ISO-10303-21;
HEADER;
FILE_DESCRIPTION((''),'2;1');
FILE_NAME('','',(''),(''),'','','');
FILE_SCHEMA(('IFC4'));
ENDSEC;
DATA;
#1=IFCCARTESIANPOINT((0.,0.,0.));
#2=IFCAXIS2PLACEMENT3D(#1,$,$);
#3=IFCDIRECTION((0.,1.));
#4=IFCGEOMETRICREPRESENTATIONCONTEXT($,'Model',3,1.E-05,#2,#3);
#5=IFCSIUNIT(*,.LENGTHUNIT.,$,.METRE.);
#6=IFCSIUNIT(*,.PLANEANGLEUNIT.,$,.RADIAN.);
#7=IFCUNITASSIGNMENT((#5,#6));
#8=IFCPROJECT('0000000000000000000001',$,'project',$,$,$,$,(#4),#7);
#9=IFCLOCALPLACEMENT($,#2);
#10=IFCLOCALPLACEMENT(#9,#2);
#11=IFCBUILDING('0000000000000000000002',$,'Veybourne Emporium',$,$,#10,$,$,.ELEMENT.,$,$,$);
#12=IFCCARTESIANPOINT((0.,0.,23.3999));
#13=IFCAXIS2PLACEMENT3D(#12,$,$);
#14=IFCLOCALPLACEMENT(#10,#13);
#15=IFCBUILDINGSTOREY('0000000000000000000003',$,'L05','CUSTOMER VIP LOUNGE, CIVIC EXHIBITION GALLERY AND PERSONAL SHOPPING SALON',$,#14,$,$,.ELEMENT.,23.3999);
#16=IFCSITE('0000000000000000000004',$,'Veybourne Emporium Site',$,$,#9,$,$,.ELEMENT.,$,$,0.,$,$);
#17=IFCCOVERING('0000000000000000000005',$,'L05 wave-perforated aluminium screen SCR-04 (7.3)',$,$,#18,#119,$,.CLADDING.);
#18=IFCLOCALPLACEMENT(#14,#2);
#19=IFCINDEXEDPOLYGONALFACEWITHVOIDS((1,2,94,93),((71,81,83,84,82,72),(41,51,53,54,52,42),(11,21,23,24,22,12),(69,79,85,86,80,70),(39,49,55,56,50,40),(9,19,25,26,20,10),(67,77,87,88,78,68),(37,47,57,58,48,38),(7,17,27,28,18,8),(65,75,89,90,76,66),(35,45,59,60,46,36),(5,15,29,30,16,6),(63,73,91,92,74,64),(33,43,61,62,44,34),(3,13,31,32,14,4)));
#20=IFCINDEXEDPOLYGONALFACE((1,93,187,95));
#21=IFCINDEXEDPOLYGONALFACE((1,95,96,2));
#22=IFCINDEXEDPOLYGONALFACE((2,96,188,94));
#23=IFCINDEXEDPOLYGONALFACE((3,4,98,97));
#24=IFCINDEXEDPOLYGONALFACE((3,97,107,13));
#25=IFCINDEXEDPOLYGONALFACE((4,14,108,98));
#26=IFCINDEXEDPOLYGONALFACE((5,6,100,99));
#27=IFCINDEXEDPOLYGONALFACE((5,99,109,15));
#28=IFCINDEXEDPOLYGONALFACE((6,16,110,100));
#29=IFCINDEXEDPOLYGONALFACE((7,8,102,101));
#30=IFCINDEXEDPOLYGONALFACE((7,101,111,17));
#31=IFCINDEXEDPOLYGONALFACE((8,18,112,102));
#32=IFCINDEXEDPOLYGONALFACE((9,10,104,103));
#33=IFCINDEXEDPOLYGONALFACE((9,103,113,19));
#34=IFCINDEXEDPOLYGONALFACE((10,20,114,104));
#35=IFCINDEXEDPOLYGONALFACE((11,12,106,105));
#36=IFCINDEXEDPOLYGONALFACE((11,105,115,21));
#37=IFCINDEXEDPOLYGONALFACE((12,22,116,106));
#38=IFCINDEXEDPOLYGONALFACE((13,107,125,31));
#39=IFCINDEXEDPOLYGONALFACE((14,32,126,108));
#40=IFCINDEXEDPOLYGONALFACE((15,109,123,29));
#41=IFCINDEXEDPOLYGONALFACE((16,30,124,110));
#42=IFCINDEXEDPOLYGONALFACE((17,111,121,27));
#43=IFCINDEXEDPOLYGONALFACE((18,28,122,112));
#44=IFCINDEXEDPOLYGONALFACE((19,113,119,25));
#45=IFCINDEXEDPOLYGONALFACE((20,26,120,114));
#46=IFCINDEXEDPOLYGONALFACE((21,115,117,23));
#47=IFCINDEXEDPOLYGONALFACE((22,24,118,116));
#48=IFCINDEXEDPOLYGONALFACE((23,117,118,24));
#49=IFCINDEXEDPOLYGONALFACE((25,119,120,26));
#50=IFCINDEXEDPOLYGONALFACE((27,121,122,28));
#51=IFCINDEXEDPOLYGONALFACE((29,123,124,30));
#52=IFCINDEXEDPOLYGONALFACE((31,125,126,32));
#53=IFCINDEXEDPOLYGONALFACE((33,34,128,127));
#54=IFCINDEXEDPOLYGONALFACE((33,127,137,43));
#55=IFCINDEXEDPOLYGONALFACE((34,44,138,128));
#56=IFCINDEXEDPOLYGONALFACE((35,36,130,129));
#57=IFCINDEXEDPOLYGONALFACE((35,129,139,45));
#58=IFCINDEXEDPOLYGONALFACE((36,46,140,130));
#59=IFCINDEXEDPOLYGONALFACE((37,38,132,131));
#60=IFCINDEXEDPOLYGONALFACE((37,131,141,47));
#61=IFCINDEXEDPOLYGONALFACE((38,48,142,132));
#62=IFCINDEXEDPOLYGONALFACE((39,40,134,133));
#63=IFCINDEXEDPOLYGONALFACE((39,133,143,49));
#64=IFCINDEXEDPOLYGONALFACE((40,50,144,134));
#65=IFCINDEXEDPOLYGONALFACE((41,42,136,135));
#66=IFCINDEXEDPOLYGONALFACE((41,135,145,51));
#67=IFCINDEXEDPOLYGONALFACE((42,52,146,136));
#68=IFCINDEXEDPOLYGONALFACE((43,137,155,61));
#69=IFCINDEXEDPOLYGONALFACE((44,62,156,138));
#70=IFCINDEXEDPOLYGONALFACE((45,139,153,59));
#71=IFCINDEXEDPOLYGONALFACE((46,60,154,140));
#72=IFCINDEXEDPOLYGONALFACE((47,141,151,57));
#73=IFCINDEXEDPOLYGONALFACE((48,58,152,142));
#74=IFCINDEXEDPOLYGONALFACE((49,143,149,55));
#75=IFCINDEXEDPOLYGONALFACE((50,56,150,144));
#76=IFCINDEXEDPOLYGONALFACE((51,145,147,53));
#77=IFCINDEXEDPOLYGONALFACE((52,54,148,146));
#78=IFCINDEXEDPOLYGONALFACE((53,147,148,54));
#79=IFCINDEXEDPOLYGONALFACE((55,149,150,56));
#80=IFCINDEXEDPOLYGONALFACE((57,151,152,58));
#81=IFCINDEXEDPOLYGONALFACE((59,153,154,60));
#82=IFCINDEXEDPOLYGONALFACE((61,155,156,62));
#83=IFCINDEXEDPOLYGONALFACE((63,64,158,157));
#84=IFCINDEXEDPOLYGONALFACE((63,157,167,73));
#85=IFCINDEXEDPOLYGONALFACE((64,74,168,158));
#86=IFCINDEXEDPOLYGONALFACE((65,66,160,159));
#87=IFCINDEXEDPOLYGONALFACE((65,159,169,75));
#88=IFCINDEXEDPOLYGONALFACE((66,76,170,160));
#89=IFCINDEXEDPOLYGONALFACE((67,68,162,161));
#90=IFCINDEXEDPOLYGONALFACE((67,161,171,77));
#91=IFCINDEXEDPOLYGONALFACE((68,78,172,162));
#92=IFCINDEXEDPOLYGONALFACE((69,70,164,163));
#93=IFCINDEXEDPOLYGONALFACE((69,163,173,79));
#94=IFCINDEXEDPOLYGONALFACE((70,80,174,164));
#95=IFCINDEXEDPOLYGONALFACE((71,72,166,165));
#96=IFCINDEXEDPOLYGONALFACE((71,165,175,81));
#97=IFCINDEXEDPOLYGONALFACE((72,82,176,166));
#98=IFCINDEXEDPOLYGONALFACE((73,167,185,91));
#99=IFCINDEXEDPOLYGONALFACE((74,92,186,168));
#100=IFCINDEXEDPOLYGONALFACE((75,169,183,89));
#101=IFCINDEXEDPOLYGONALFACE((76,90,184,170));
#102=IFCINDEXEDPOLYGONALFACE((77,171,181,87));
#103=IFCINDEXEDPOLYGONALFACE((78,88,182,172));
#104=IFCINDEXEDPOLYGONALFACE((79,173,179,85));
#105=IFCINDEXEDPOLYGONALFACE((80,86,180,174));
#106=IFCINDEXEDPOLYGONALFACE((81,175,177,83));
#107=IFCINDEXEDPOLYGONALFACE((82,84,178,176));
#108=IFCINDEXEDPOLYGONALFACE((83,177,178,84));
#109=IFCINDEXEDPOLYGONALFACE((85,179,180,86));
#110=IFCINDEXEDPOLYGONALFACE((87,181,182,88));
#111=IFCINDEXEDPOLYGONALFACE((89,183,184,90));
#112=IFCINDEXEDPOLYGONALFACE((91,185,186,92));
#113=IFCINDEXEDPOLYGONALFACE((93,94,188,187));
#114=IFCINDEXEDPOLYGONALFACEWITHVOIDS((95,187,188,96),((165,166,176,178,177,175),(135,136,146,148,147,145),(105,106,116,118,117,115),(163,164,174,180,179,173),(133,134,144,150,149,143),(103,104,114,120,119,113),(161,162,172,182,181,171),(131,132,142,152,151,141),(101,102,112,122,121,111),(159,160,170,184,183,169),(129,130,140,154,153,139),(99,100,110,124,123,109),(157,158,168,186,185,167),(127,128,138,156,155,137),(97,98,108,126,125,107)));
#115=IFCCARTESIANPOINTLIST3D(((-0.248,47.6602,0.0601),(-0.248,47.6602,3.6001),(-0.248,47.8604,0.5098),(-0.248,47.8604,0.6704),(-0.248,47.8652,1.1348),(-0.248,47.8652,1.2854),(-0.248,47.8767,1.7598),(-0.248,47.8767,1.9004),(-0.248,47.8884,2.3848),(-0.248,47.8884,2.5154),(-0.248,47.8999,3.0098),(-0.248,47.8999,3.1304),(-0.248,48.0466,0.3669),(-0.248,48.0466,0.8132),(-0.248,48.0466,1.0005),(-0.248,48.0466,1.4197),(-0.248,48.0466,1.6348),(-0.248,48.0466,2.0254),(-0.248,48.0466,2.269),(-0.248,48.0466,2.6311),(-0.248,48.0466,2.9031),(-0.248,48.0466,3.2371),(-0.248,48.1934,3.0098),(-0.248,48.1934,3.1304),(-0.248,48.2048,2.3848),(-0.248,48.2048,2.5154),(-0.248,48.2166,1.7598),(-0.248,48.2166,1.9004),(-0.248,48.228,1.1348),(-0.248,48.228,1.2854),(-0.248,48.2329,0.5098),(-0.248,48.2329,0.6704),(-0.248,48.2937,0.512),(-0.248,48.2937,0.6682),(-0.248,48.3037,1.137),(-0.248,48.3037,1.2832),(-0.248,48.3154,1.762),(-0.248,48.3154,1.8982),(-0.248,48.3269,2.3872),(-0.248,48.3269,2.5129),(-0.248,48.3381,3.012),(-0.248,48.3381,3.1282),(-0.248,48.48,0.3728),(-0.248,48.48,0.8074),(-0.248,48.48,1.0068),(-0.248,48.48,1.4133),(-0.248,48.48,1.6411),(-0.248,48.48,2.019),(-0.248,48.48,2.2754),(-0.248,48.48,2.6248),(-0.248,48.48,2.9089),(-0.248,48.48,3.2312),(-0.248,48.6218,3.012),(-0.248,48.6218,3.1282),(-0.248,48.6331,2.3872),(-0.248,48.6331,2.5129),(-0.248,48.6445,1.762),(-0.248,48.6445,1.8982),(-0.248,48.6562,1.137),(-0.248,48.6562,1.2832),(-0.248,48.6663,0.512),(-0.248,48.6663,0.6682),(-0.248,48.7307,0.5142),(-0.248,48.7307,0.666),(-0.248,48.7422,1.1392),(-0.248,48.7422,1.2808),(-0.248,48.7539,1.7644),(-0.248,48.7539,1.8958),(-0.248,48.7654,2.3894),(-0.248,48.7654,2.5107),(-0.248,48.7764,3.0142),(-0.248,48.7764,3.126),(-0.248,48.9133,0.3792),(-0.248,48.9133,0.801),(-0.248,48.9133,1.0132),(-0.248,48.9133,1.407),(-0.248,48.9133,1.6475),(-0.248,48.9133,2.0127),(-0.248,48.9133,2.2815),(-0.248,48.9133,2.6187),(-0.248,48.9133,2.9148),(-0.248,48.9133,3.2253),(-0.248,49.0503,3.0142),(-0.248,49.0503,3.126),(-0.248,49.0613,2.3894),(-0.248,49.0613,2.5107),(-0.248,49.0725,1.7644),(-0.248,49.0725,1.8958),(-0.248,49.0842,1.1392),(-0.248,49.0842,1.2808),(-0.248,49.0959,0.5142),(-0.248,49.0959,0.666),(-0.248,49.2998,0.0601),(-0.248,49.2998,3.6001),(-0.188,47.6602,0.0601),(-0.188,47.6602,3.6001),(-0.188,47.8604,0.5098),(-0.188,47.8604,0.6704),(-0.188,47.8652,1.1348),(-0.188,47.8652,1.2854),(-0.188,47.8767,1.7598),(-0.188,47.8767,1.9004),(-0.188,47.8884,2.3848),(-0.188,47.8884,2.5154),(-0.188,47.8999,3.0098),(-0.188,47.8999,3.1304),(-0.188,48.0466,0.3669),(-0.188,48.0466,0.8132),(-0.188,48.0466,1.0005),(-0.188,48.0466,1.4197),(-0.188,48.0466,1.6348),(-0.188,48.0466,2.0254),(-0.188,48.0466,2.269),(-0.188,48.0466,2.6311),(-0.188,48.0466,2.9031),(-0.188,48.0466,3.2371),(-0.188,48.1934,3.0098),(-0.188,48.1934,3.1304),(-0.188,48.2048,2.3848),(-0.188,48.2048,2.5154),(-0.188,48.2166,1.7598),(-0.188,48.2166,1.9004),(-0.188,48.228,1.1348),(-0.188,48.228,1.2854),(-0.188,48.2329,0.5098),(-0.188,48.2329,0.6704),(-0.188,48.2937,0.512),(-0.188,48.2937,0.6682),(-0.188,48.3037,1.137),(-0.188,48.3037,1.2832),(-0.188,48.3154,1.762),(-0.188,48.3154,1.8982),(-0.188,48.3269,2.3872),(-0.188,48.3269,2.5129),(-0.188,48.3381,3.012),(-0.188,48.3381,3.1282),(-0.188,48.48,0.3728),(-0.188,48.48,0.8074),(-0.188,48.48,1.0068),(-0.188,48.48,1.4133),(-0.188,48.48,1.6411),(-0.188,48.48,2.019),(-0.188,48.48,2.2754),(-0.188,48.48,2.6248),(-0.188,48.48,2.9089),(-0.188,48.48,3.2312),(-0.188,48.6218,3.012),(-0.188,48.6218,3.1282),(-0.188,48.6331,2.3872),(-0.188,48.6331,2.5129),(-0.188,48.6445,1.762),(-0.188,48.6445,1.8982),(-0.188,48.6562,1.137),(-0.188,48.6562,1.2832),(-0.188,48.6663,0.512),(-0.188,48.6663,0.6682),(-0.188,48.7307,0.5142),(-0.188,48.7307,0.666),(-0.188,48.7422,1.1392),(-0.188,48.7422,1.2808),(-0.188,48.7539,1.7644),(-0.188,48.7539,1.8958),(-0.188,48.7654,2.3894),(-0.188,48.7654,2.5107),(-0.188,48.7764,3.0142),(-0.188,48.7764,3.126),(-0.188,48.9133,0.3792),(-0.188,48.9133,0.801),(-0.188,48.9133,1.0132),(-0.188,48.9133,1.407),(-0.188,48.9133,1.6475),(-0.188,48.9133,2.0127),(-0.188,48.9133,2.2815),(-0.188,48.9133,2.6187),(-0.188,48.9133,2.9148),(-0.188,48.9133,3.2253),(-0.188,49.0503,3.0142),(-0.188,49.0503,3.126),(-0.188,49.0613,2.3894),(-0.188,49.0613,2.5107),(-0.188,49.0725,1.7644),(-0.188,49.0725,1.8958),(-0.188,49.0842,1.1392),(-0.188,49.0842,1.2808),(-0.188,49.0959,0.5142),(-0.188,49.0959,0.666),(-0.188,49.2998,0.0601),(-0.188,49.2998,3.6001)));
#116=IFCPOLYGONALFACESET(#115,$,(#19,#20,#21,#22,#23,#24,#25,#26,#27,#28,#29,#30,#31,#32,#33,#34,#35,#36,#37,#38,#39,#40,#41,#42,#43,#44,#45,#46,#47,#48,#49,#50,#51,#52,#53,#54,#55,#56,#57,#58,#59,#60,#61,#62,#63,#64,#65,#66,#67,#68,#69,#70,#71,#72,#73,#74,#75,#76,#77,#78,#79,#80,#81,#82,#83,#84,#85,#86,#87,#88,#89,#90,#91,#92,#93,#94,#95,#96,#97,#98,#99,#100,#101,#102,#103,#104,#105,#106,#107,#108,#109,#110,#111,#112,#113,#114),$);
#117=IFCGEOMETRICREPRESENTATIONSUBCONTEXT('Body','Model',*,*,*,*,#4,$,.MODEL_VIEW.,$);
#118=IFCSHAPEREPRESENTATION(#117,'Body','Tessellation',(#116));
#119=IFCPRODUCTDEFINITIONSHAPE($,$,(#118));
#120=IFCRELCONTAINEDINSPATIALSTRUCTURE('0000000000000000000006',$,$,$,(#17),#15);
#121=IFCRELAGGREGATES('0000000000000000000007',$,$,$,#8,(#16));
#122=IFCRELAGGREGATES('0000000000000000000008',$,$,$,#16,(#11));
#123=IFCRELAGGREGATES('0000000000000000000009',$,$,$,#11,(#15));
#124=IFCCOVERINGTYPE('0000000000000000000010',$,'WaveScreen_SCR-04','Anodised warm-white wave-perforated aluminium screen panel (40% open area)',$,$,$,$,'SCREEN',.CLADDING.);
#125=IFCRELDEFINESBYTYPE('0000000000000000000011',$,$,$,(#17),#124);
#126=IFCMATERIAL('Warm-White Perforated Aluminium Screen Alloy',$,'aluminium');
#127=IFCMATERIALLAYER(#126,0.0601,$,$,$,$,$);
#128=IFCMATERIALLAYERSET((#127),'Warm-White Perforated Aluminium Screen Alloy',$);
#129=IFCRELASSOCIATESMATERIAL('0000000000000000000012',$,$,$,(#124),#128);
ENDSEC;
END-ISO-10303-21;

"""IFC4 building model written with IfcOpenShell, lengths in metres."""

from ifc_helpers import new_model, si_unit, direction, frame, origin, place, context, subcontext, project, spatial, polyline, outline, extrude, material, layer, layer_set, type_object, element, save


model = new_model("IFC4")

# Units and contexts
model_context = context("Model", 3, precision=1e-05, world=origin(), true_north=direction((0.0, 1.0)))
body_context = subcontext(model_context, "Body", "Model", "MODEL_VIEW")
ifc_project = project(units=[si_unit("LENGTHUNIT", "METRE"), si_unit("PLANEANGLEUNIT", "RADIAN")], contexts=[model_context])

# Site, building, storey
site_placement = place(None, origin())
site = spatial("IfcSite", under=ifc_project, at=site_placement, Name="Veybourne Emporium Site", CompositionType="ELEMENT", RefElevation=0.0)
building_placement = place(site_placement, origin())
building = spatial("IfcBuilding", under=site, at=building_placement, Name="Veybourne Emporium", CompositionType="ELEMENT")
storey_placement = place(building_placement, frame((0.0, 0.0, 23.3999)))
storey = spatial("IfcBuildingStorey", under=building, at=storey_placement, Name="L05", Description="CUSTOMER VIP LOUNGE, CIVIC EXHIBITION GALLERY AND PERSONAL SHOPPING SALON", CompositionType="ELEMENT", Elevation=23.3999)

# Covering
ifc_material_1 = material(Name="Warm-White Perforated Aluminium Screen Alloy", Category="aluminium")
ifc_layer_1 = layer(ifc_material_1, 0.0601)
ifc_layer_set_1 = layer_set([ifc_layer_1], Name="Warm-White Perforated Aluminium Screen Alloy")
covering_type_1 = type_object("IfcCoveringType", Name="WaveScreen_SCR-04", Description="Anodised warm-white wave-perforated aluminium screen panel (40% open area)", ElementType="SCREEN", PredefinedType="CLADDING", material=ifc_layer_set_1)
covering_1_placement = place(storey_placement, frame((-0.248, 48.48, 1.8301), z_axis=(1.0, 0.0, 0.0), x_axis=(0.0, 1.0, 0.0)))
element("IfcCovering", 1, at=covering_1_placement, inside=storey, type_object=covering_type_1, Name="L05 wave-perforated aluminium screen SCR-04 (7.3)", PredefinedType="CLADDING", context=body_context, shape_type="SweptSolid", body=[
    extrude(outline(polyline([(-0.8198, -1.77), (0.8198, -1.77), (0.8198, 1.77), (-0.8198, 1.77), (-0.8198, -1.77)]), holes=[polyline([(-0.4333, -1.0168), (-0.2471, -1.1597), (-0.2471, -1.3203), (-0.4333, -1.4631), (-0.6196, -1.3203), (-0.6196, -1.1597), (-0.4333, -1.0168)]), polyline([(-0.4333, -0.4104), (-0.252, -0.5447), (-0.252, -0.6953), (-0.4333, -0.8296), (-0.6147, -0.6953), (-0.6147, -0.5447), (-0.4333, -0.4104)]), polyline([(-0.4333, 0.1953), (-0.2634, 0.0703), (-0.2634, -0.0703), (-0.4333, -0.1953), (-0.6033, -0.0703), (-0.6033, 0.0703), (-0.4333, 0.1953)]), polyline([(-0.4333, 0.801), (-0.2751, 0.6853), (-0.2751, 0.5547), (-0.4333, 0.439), (-0.5916, 0.5547), (-0.5916, 0.6853), (-0.4333, 0.801)]), polyline([(-0.4333, 1.407), (-0.2866, 1.3003), (-0.2866, 1.1797), (-0.4333, 1.073), (-0.5801, 1.1797), (-0.5801, 1.3003), (-0.4333, 1.407)]), polyline([(0.0, -1.0227), (0.1863, -1.1619), (0.1863, -1.3181), (0.0, -1.4573), (-0.1863, -1.3181), (-0.1863, -1.1619), (0.0, -1.0227)]), polyline([(0.0, -0.4167), (0.1763, -0.5469), (0.1763, -0.6931), (0.0, -0.8232), (-0.1763, -0.6931), (-0.1763, -0.5469), (0.0, -0.4167)]), polyline([(0.0, 0.189), (0.1646, 0.0681), (0.1646, -0.0681), (0.0, -0.189), (-0.1646, -0.0681), (-0.1646, 0.0681), (0.0, 0.189)]), polyline([(0.0, 0.7947), (0.1531, 0.6829), (0.1531, 0.5571), (0.0, 0.4453), (-0.1531, 0.5571), (-0.1531, 0.6829), (0.0, 0.7947)]), polyline([(0.0, 1.4011), (0.1418, 1.2981), (0.1418, 1.1819), (0.0, 1.0789), (-0.1418, 1.1819), (-0.1418, 1.2981), (0.0, 1.4011)]), polyline([(0.4333, -1.0291), (0.616, -1.1641), (0.616, -1.3159), (0.4333, -1.4509), (0.2507, -1.3159), (0.2507, -1.1641), (0.4333, -1.0291)]), polyline([(0.4333, -0.4231), (0.6042, -0.5493), (0.6042, -0.6909), (0.4333, -0.8169), (0.2622, -0.6909), (0.2622, -0.5493), (0.4333, -0.4231)]), polyline([(0.4333, 0.1826), (0.5925, 0.0657), (0.5925, -0.0657), (0.4333, -0.1826), (0.2739, -0.0657), (0.2739, 0.0657), (0.4333, 0.1826)]), polyline([(0.4333, 0.7886), (0.5813, 0.6807), (0.5813, 0.5593), (0.4333, 0.4514), (0.2854, 0.5593), (0.2854, 0.6807), (0.4333, 0.7886)]), polyline([(0.4333, 1.3953), (0.5703, 1.2959), (0.5703, 1.1841), (0.4333, 1.0847), (0.2964, 1.1841), (0.2964, 1.2959), (0.4333, 1.3953)])]), origin(), (0.0, 0.0, 1.0), 0.0601),
])

save(model, "model.ifc")
